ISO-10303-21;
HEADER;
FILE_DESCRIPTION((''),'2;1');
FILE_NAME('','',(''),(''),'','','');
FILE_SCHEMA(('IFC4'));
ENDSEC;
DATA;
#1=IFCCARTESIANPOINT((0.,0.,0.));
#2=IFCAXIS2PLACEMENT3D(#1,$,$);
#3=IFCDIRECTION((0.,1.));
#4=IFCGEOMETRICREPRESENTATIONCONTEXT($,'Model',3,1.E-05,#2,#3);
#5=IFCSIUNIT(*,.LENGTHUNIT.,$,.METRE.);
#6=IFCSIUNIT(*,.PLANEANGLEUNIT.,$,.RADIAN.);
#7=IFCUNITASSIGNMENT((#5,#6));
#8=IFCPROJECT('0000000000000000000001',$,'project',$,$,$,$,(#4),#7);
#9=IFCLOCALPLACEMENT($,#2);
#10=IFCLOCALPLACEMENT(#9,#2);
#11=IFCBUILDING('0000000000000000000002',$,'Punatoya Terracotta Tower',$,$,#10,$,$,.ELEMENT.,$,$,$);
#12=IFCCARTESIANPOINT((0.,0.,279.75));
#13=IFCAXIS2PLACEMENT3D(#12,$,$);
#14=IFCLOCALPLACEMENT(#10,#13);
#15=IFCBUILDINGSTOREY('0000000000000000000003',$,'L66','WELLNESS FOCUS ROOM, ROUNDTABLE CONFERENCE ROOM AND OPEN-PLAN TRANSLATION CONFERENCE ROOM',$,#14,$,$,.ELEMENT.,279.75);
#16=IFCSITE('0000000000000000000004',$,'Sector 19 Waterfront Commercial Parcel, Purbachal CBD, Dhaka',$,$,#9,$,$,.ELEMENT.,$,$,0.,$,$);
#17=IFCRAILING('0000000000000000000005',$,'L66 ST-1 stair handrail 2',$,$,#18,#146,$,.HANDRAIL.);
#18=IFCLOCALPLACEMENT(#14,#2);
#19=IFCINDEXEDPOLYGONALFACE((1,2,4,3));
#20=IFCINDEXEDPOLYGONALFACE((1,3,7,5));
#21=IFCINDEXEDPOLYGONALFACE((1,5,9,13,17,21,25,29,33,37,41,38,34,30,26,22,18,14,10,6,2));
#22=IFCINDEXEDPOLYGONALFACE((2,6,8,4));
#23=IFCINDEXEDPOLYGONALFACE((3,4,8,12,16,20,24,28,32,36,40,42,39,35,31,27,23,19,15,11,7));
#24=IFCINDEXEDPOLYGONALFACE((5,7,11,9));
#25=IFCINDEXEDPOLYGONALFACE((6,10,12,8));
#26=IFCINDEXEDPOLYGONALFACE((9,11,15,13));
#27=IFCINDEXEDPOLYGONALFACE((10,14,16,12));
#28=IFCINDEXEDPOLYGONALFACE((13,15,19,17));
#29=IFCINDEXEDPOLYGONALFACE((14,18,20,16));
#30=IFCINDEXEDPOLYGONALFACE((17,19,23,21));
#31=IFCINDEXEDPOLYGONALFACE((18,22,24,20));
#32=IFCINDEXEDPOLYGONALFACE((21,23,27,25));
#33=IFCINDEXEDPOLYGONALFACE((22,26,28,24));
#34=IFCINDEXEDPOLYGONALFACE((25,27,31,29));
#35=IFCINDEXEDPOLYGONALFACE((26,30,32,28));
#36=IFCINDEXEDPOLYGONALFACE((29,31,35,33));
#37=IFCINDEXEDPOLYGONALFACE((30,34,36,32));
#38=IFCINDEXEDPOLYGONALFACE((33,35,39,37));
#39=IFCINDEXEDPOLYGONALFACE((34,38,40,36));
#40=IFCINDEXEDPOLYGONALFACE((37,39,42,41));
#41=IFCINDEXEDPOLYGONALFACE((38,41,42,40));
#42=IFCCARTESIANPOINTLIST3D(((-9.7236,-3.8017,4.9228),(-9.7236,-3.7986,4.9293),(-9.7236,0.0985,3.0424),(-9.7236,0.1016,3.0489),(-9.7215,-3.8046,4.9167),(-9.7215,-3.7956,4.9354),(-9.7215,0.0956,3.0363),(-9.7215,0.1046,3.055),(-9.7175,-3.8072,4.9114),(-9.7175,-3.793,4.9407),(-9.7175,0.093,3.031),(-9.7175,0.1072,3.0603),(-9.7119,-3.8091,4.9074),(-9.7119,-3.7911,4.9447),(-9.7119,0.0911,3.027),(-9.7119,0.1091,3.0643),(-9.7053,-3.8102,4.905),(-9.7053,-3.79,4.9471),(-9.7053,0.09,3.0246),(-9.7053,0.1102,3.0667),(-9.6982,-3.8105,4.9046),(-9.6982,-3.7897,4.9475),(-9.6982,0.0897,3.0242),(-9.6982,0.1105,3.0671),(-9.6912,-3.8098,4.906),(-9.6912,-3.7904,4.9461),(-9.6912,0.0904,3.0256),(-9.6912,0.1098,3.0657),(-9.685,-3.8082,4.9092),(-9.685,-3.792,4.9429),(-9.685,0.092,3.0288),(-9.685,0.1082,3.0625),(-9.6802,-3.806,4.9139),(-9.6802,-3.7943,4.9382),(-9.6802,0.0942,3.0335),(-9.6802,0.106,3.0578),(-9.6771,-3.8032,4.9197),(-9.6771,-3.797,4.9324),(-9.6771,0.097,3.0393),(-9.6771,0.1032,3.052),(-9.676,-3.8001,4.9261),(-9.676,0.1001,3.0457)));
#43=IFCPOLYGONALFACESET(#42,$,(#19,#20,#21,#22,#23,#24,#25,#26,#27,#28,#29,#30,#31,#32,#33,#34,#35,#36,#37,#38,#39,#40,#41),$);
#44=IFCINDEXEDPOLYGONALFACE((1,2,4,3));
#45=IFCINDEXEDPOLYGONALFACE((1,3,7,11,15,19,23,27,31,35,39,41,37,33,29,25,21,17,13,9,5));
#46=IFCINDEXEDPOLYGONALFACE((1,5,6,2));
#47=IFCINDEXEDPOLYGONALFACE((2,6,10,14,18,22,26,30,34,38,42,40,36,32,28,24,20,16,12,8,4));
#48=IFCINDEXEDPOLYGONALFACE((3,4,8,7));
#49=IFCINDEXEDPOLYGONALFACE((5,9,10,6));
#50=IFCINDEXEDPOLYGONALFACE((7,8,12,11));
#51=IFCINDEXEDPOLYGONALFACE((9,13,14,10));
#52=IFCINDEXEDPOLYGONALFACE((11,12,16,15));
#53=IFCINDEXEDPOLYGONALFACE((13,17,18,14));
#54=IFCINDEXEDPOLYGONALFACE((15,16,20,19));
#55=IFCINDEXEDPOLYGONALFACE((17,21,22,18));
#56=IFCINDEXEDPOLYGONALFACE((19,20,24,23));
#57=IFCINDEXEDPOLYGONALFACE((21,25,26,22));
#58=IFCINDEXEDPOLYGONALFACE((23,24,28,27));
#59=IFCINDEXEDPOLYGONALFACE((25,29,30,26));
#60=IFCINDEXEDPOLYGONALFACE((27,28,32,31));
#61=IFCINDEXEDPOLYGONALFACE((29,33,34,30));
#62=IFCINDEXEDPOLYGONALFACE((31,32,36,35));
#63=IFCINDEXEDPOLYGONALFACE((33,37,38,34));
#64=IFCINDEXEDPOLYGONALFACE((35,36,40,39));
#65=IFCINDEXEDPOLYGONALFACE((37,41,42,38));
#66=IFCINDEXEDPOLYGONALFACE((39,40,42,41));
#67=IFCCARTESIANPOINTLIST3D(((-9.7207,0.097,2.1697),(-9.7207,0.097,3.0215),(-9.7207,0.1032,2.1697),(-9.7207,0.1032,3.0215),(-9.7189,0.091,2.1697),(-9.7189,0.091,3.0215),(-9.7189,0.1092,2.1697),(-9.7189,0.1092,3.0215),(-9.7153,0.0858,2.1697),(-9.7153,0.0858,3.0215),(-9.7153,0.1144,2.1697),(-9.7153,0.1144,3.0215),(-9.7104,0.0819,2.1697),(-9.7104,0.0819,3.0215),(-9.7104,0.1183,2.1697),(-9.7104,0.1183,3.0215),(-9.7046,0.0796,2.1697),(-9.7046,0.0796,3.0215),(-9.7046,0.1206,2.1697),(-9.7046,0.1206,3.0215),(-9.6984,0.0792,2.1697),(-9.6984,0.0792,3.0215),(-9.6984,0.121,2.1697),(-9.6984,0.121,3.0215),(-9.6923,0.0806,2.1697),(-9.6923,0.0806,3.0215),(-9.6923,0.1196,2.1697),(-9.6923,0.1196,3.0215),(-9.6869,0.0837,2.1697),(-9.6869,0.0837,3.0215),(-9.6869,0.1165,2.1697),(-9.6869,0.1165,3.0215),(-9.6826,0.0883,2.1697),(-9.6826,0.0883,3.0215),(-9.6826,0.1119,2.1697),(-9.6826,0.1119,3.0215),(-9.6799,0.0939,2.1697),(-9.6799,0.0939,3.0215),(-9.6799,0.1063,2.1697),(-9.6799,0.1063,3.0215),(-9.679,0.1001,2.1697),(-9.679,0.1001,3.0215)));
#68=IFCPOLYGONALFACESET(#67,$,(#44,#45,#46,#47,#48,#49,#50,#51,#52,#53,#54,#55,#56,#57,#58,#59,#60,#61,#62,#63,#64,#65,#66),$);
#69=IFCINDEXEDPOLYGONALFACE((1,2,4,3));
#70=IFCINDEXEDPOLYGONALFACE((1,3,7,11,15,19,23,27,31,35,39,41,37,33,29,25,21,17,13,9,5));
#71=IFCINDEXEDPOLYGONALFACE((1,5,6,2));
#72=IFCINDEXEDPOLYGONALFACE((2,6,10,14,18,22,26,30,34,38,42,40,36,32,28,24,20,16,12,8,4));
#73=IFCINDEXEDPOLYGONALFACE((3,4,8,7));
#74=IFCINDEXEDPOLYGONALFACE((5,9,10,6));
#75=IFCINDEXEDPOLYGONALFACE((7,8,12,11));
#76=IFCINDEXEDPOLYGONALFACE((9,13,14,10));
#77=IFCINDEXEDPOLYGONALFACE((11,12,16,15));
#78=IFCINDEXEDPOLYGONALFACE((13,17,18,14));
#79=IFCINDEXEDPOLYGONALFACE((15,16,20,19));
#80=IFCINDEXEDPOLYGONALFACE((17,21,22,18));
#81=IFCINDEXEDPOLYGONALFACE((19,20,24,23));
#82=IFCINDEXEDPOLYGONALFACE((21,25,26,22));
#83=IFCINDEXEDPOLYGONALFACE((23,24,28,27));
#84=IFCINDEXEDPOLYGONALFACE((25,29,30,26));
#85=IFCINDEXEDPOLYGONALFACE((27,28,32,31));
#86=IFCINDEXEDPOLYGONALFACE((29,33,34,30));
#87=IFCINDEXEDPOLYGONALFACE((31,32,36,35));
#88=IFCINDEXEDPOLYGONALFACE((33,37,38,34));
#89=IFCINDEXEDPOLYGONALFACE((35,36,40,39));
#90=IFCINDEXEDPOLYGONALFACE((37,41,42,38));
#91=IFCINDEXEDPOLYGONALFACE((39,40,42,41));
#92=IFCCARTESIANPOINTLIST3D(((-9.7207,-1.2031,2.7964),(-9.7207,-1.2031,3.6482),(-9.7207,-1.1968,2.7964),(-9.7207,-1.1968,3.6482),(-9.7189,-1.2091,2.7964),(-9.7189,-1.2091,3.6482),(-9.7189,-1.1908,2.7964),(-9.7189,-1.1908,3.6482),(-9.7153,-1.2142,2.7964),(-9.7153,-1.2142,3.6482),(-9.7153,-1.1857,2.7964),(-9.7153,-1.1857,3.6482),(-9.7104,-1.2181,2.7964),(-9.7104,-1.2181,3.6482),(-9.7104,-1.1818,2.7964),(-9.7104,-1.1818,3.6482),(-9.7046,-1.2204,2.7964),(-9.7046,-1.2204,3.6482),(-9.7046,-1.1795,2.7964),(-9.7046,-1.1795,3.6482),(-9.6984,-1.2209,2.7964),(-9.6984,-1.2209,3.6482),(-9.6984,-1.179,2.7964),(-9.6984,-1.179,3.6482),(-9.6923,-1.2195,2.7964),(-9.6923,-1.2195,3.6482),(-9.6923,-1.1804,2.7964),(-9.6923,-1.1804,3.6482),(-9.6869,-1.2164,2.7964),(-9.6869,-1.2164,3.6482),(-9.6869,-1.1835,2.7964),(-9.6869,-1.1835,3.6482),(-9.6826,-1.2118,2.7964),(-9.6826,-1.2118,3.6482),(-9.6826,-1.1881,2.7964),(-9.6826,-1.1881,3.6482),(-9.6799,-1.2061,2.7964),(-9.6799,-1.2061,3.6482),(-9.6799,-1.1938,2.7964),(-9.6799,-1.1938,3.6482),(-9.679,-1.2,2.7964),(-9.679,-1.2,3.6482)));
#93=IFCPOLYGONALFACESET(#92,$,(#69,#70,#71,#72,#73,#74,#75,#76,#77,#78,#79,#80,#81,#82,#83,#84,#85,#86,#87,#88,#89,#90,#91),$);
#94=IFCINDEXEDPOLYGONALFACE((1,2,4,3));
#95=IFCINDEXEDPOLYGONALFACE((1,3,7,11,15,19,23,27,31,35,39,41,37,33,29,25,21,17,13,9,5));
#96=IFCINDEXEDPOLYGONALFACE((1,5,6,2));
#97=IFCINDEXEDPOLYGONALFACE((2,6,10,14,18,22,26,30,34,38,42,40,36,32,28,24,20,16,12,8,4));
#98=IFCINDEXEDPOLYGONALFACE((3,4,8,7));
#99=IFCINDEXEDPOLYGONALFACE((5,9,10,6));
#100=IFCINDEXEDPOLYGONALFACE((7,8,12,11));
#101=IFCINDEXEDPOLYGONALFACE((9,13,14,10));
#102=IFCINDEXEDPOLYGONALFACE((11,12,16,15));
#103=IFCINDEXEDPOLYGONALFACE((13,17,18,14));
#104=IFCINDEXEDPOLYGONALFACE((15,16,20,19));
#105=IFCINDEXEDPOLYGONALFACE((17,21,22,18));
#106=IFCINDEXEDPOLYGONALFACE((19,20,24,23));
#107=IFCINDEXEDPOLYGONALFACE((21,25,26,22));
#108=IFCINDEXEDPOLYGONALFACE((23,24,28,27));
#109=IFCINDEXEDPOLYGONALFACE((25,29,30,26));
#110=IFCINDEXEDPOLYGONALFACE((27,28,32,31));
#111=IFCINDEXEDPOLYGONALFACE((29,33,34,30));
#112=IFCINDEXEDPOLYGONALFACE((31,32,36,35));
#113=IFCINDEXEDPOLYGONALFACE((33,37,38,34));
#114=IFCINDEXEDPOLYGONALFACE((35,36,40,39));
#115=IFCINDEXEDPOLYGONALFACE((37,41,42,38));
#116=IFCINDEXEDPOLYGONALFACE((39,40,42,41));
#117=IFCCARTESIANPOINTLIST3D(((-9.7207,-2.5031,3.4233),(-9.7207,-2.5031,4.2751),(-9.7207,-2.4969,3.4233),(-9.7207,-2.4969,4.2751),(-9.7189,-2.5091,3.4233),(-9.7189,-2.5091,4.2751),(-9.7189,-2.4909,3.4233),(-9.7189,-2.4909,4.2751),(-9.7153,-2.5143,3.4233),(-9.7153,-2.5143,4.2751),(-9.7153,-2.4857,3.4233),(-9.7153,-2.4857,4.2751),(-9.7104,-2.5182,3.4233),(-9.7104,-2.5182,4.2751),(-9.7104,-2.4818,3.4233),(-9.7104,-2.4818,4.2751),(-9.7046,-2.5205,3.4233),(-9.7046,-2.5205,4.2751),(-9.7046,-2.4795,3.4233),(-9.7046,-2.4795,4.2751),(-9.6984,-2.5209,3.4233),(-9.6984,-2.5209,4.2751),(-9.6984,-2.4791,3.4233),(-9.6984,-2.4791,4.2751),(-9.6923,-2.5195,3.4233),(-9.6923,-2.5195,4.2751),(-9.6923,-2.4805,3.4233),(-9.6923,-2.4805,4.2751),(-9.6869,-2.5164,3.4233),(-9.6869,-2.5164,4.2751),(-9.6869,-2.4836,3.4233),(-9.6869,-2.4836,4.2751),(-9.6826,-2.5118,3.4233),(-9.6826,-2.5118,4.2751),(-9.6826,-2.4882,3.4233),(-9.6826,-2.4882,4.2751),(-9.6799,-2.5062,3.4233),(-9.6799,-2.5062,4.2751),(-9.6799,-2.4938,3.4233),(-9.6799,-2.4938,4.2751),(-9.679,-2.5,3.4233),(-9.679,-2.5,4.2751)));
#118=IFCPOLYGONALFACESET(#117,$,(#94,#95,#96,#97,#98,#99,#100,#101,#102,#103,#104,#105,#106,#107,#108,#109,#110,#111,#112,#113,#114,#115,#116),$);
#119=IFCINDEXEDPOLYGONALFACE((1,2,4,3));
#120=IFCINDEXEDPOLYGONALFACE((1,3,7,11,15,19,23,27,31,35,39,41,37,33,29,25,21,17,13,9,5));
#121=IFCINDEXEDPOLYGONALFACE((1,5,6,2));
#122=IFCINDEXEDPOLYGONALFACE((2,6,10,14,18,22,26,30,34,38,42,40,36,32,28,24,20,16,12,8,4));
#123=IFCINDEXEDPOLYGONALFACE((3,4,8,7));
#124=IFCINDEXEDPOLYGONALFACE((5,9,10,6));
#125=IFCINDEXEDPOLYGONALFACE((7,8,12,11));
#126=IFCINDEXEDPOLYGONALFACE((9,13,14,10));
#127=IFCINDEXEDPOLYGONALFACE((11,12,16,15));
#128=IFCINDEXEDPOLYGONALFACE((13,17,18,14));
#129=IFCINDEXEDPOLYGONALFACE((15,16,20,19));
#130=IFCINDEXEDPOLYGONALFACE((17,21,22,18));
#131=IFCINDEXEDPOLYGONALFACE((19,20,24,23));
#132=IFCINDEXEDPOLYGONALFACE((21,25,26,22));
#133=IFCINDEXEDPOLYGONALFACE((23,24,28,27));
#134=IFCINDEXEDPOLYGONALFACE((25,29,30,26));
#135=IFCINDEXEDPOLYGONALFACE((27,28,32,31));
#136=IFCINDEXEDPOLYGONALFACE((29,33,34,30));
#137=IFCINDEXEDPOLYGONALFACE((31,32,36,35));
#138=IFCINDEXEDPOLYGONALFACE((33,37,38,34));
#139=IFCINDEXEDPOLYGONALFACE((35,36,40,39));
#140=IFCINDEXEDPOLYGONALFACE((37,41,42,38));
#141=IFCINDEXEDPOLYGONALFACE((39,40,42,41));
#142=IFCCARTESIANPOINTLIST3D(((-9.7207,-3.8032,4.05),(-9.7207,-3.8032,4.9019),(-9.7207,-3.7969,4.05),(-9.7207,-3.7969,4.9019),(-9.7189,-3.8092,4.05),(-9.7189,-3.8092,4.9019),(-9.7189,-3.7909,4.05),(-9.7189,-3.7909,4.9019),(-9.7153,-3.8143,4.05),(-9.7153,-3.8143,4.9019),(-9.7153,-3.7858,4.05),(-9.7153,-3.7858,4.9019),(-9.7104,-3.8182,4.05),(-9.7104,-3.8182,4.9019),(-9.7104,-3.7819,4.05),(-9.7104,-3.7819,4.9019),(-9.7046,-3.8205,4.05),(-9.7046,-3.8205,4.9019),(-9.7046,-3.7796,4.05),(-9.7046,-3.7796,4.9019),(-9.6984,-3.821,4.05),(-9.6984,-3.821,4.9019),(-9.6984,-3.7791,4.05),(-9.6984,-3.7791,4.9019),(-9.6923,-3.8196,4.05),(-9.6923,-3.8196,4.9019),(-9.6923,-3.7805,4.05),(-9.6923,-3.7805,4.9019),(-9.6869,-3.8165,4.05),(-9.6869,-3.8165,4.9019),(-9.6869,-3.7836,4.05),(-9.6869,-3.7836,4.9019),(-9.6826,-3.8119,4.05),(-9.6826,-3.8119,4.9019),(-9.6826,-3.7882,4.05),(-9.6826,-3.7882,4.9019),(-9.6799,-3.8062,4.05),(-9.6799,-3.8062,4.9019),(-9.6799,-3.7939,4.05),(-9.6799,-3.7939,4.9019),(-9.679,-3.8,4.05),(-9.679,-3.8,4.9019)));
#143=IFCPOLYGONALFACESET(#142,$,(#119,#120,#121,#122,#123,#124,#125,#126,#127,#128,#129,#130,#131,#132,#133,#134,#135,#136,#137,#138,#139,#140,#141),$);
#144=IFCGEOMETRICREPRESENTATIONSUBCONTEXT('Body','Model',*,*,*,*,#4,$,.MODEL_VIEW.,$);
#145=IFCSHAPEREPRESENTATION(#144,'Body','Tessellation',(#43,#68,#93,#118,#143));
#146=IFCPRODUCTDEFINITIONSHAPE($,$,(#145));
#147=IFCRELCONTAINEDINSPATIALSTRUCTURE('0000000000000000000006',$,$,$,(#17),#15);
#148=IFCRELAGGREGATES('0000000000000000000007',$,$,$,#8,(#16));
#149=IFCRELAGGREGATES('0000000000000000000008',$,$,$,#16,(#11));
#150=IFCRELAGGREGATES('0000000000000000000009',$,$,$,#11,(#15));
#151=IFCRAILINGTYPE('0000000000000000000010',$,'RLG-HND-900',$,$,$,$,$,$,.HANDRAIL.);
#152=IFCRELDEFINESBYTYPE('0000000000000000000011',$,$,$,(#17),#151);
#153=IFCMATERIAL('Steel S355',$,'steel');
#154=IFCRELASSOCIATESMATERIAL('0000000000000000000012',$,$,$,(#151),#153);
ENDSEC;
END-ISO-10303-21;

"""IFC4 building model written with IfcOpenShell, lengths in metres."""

from ifc_helpers import new_model, si_unit, direction, frame, origin, origin_2d, place, context, subcontext, project, spatial, circle, extrude, material, type_object, element, save


model = new_model("IFC4")

# Units and contexts
model_context = context("Model", 3, precision=1e-05, world=origin(), true_north=direction((0.0, 1.0)))
body_context = subcontext(model_context, "Body", "Model", "MODEL_VIEW")
ifc_project = project(units=[si_unit("LENGTHUNIT", "METRE"), si_unit("PLANEANGLEUNIT", "RADIAN")], contexts=[model_context])

# Site, building, storey
site_placement = place(None, origin())
site = spatial("IfcSite", under=ifc_project, at=site_placement, Name="Sector 19 Waterfront Commercial Parcel, Purbachal CBD, Dhaka", CompositionType="ELEMENT", RefElevation=0.0)
building_placement = place(site_placement, origin())
building = spatial("IfcBuilding", under=site, at=building_placement, Name="Punatoya Terracotta Tower", CompositionType="ELEMENT")
storey_placement = place(building_placement, frame((0.0, 0.0, 279.75)))
storey = spatial("IfcBuildingStorey", under=building, at=storey_placement, Name="L66", Description="WELLNESS FOCUS ROOM, ROUNDTABLE CONFERENCE ROOM AND OPEN-PLAN TRANSLATION CONFERENCE ROOM", CompositionType="ELEMENT", Elevation=279.75)

# Railing
ifc_material_1 = material(Name="Steel S355", Category="steel")
railing_type_1 = type_object("IfcRailingType", Name="RLG-HND-900", PredefinedType="HANDRAIL", material=ifc_material_1)
railing_1_placement = place(storey_placement, frame((-9.7, 0.1001, 2.1697)))
element("IfcRailing", 1, at=railing_1_placement, inside=storey, type_object=railing_type_1, Name="L66 ST-1 stair handrail 2", PredefinedType="HANDRAIL", context=body_context, shape_type="SweptSolid", body=[
    extrude(circle(Radius=0.0239, at=origin_2d()), frame((0.0, 0.0, 0.876), z_axis=(0.0, -0.900774, 0.434289), x_axis=(1.0, 0.0, 0.0)), (0.0, 0.0, 1.0), 4.3298),
    extrude(circle(Radius=0.021, at=origin_2d()), origin(), (0.0, 0.0, 1.0), 0.8518),
    extrude(circle(Radius=0.021, at=origin_2d()), frame((0.0, -1.3, 0.6267)), (0.0, 0.0, 1.0), 0.8518),
    extrude(circle(Radius=0.021, at=origin_2d()), frame((0.0, -2.6001, 1.2537)), (0.0, 0.0, 1.0), 0.8518),
    extrude(circle(Radius=0.021, at=origin_2d()), frame((0.0, -3.9001, 1.8804)), (0.0, 0.0, 1.0), 0.8518),
])

save(model, "model.ifc")
